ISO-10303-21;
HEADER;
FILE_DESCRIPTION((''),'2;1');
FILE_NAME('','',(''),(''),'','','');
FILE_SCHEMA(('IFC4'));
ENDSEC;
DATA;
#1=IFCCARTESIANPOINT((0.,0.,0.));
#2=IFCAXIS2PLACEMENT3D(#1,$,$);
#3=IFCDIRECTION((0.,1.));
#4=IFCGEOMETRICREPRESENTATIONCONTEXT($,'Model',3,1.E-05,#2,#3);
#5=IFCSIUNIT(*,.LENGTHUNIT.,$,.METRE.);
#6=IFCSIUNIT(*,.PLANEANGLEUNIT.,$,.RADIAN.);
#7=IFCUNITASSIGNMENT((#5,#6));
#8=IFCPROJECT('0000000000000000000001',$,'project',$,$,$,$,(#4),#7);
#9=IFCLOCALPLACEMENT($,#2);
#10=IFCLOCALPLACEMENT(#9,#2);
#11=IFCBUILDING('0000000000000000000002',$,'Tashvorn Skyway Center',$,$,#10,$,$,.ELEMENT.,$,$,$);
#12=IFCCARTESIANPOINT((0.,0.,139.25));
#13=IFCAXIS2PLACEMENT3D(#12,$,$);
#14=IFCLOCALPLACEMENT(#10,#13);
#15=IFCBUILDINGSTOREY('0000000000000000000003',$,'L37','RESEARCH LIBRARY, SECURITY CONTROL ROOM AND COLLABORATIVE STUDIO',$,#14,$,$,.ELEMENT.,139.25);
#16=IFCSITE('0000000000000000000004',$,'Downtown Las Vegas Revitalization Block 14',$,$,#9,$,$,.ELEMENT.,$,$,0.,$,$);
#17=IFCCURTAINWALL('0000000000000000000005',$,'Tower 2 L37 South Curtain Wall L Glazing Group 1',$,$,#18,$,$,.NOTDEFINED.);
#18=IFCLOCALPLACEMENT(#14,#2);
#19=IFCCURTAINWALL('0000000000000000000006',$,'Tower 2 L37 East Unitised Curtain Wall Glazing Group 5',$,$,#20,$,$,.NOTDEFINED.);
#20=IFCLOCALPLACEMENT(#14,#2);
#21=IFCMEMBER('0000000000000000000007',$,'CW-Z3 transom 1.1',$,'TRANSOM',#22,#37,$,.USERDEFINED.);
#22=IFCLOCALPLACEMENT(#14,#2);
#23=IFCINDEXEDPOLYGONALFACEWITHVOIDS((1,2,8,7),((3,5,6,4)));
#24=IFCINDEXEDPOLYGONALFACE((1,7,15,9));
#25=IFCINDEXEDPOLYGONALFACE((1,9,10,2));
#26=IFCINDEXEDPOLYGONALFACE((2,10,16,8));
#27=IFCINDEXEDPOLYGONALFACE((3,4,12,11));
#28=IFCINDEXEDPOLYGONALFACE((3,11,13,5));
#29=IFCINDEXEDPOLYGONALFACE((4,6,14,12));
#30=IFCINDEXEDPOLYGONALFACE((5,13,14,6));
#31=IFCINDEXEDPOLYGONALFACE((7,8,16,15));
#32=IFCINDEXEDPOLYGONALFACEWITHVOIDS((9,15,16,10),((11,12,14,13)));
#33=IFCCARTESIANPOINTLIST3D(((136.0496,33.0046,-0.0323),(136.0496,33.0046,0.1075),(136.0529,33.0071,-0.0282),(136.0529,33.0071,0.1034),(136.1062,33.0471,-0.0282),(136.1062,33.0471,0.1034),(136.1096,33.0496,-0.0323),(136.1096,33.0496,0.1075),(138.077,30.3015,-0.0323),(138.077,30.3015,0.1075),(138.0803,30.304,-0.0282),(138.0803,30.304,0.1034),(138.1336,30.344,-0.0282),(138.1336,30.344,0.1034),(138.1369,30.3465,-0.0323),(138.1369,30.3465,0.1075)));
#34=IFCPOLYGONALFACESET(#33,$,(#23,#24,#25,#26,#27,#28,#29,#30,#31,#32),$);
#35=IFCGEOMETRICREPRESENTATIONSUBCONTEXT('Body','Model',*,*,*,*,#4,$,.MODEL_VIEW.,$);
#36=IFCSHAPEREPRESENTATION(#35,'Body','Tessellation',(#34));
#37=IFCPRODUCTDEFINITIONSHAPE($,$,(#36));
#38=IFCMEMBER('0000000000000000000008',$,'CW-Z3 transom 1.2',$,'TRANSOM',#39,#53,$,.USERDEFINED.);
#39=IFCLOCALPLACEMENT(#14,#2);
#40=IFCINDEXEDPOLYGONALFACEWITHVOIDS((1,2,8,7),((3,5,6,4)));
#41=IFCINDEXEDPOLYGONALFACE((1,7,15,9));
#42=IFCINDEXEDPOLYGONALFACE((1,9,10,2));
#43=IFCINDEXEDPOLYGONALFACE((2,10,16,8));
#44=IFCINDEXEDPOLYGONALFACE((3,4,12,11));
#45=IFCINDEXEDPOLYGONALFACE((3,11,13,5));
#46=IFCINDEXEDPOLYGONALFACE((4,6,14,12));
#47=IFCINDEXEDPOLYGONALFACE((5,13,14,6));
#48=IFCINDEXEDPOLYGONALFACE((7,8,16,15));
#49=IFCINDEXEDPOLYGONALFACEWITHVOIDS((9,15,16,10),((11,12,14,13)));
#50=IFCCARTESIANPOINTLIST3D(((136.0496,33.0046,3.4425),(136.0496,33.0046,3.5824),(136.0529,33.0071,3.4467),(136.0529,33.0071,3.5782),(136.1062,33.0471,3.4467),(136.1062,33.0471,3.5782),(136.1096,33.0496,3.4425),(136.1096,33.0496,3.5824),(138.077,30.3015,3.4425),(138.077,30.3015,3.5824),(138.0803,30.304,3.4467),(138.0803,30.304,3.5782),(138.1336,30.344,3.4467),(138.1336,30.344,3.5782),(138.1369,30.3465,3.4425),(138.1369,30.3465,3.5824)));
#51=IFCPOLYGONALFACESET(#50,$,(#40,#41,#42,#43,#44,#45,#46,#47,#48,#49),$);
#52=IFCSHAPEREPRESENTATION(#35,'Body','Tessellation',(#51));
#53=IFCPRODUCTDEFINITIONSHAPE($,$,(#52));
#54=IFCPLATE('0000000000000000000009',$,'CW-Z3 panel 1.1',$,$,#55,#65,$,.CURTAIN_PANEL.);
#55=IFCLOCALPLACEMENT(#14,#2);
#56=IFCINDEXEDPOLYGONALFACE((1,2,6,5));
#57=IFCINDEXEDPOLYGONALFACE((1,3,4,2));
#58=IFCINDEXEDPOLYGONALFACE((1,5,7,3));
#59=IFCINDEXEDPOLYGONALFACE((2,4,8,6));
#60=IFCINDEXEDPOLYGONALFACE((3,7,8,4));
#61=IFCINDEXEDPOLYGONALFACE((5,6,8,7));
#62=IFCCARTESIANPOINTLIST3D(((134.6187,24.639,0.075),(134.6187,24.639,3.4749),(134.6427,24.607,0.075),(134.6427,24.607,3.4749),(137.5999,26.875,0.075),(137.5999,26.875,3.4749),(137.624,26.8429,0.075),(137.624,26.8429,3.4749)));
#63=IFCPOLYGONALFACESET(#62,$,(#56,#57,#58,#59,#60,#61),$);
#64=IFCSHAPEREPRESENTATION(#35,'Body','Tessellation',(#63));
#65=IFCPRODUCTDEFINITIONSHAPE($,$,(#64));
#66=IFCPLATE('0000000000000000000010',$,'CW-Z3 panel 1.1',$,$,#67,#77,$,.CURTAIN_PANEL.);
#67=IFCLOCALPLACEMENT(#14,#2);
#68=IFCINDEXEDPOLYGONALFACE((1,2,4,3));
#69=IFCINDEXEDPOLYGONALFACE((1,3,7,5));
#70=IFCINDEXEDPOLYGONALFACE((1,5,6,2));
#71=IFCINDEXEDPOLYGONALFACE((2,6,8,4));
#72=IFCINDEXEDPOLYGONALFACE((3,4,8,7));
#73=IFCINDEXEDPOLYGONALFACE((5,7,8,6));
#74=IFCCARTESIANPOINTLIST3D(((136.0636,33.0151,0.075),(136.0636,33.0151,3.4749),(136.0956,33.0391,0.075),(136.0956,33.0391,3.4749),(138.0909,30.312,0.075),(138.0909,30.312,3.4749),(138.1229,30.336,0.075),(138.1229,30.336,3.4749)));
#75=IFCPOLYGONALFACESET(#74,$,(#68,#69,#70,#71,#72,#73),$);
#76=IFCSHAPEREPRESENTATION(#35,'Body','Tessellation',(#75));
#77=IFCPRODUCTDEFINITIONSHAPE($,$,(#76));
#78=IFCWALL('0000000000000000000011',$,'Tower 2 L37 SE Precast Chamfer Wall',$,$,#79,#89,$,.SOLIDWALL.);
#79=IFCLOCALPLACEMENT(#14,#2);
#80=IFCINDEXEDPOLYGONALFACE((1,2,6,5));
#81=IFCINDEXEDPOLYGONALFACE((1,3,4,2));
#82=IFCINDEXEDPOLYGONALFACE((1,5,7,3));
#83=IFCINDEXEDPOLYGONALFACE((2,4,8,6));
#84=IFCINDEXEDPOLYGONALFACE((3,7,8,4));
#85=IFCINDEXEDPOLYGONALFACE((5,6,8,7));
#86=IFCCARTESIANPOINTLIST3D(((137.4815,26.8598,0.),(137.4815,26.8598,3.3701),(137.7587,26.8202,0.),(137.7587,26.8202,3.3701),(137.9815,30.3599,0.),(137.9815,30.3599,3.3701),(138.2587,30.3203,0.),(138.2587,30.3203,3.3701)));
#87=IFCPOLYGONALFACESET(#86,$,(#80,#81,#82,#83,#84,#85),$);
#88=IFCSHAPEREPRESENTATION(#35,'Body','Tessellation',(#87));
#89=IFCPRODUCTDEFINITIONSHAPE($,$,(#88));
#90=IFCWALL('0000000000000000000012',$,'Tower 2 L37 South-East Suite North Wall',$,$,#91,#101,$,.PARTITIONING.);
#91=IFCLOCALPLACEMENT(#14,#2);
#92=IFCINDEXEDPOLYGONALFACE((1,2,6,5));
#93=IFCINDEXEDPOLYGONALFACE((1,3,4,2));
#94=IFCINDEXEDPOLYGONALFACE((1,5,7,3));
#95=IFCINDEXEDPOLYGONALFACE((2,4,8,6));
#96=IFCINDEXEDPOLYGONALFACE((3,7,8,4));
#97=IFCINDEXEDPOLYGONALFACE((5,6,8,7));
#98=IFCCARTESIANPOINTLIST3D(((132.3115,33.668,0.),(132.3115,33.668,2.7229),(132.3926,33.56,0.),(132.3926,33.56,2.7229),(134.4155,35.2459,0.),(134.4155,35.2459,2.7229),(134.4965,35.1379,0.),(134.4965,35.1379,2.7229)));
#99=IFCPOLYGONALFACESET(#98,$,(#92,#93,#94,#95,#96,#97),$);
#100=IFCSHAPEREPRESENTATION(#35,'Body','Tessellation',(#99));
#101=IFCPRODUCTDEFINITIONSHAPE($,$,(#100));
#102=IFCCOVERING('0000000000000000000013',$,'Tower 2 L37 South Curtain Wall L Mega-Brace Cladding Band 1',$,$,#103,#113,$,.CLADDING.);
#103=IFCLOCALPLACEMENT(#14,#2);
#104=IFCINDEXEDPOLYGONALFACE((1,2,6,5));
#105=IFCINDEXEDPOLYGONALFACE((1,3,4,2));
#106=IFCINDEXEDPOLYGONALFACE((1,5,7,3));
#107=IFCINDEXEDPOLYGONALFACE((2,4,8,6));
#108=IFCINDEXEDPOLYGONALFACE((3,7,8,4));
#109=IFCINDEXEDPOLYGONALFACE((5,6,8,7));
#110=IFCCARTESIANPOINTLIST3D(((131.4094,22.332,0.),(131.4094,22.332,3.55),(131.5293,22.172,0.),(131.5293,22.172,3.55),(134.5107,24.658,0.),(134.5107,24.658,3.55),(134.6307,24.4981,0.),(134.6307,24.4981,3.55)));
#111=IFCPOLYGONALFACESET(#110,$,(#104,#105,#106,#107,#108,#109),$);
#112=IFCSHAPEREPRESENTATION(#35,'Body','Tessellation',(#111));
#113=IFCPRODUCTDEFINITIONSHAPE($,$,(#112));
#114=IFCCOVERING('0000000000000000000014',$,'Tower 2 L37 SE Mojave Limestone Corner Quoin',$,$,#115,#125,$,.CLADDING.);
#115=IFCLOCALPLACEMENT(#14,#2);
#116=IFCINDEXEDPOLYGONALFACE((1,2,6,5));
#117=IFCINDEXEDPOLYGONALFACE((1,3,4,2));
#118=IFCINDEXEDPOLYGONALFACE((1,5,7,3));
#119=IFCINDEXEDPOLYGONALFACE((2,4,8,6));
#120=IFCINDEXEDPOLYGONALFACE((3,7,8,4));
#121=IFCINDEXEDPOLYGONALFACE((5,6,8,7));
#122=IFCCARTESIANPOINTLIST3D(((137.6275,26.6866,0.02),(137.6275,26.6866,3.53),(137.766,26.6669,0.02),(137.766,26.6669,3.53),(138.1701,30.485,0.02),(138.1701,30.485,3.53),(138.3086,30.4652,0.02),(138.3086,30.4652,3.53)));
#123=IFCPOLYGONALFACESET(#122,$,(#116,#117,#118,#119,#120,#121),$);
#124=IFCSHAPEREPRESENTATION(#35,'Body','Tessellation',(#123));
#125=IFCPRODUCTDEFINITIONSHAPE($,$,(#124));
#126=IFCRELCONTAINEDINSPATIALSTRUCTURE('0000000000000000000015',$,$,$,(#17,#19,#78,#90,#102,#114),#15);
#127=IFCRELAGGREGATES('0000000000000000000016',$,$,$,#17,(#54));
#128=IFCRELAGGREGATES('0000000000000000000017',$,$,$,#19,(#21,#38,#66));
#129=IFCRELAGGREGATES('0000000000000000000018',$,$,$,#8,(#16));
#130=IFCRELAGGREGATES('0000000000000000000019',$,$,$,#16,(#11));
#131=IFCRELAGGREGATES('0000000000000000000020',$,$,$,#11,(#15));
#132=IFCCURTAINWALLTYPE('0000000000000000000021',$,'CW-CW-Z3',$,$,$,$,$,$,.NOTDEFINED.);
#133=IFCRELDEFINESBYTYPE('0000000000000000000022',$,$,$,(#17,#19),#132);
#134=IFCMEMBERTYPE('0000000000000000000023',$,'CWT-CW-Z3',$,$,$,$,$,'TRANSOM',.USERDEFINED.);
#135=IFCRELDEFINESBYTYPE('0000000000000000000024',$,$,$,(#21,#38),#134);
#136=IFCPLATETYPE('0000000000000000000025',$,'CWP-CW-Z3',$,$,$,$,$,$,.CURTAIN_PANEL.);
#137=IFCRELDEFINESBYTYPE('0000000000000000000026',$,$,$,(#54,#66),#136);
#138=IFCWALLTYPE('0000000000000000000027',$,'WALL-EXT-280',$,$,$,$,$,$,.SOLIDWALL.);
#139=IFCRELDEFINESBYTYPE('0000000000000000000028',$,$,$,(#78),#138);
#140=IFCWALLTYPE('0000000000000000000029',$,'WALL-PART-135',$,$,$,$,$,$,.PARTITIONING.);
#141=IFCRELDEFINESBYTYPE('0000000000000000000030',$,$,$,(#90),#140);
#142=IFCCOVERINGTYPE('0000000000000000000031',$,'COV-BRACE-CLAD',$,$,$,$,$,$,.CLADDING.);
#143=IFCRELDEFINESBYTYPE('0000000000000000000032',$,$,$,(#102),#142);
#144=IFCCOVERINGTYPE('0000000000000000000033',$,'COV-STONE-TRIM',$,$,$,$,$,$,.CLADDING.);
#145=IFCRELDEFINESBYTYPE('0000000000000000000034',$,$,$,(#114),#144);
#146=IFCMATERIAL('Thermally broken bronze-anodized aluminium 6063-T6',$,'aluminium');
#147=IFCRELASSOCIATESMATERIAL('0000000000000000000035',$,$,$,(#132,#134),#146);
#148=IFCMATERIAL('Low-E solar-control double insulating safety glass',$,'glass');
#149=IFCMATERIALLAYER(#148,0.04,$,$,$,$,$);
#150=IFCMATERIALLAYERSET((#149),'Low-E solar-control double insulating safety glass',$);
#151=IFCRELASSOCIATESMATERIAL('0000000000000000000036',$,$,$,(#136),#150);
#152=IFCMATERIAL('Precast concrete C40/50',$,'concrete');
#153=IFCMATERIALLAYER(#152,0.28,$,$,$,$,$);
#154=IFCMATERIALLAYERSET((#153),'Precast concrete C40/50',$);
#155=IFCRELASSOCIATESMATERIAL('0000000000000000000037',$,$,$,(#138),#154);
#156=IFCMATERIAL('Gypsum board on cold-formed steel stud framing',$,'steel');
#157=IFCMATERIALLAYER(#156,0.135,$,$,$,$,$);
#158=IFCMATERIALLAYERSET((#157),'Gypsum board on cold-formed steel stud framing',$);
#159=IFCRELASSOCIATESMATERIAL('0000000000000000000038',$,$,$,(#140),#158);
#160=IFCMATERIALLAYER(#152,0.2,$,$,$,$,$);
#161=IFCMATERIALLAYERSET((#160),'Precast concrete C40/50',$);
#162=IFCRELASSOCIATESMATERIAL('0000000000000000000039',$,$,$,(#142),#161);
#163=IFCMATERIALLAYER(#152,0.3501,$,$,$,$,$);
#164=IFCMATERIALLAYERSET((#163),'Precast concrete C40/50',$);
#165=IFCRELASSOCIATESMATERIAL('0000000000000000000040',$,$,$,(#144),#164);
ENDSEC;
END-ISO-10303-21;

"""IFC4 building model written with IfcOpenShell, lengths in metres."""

from ifc_helpers import new_model, si_unit, direction, frame, frame_2d, origin, origin_2d, place, context, subcontext, project, spatial, rectangle, hollow_rectangle, extrude, material, layer, layer_set, material_profile, profile_set, type_object, element, aggregate, save


model = new_model("IFC4")

# Units and contexts
model_context = context("Model", 3, precision=1e-05, world=origin(), true_north=direction((0.0, 1.0)))
body_context = subcontext(model_context, "Body", "Model", "MODEL_VIEW")
ifc_project = project(units=[si_unit("LENGTHUNIT", "METRE"), si_unit("PLANEANGLEUNIT", "RADIAN")], contexts=[model_context])

# Site, building, storey
site_placement = place(None, origin())
site = spatial("IfcSite", under=ifc_project, at=site_placement, Name="Downtown Las Vegas Revitalization Block 14", CompositionType="ELEMENT", RefElevation=0.0)
building_placement = place(site_placement, origin())
building = spatial("IfcBuilding", under=site, at=building_placement, Name="Tashvorn Skyway Center", CompositionType="ELEMENT")
storey_placement = place(building_placement, frame((0.0, 0.0, 139.25)))
storey = spatial("IfcBuildingStorey", under=building, at=storey_placement, Name="L37", Description="RESEARCH LIBRARY, SECURITY CONTROL ROOM AND COLLABORATIVE STUDIO", CompositionType="ELEMENT", Elevation=139.25)

# Curtain walls
ifc_material_1 = material(Name="Thermally broken bronze-anodized aluminium 6063-T6", Category="aluminium")
curtain_wall_type = type_object("IfcCurtainWallType", Name="CW-CW-Z3", PredefinedType="NOTDEFINED", material=ifc_material_1)
curtain_wall_1_placement = place(storey_placement, origin())
curtain_wall_1 = element("IfcCurtainWall", 1, at=curtain_wall_1_placement, inside=storey, type_object=curtain_wall_type, Name="Tower 2 L37 South Curtain Wall L Glazing Group 1", PredefinedType="NOTDEFINED")
curtain_wall_2_placement = place(storey_placement, origin())
curtain_wall_2 = element("IfcCurtainWall", 2, at=curtain_wall_2_placement, inside=storey, type_object=curtain_wall_type, Name="Tower 2 L37 East Unitised Curtain Wall Glazing Group 5", PredefinedType="NOTDEFINED")

# Members
ifc_material_profile_1 = material_profile(ifc_material_1, hollow_rectangle(XDim=0.075, YDim=0.1399, WallThickness=0.0042, at=origin_2d()), Name="ALU-TRAN-75x140")
ifc_profile_set_1 = profile_set([ifc_material_profile_1], Name="Thermally broken bronze-anodized aluminium 6063-T6")
member_type_1 = type_object("IfcMemberType", Name="CWT-CW-Z3", ElementType="TRANSOM", PredefinedType="USERDEFINED", material=ifc_profile_set_1)
member_1_placement = place(storey_placement, frame((136.0796, 33.0271, 0.0376), z_axis=(0.6, -0.8, 0.0), x_axis=(0.8, 0.6, 0.0)))
member_1 = element("IfcMember", 3, at=member_1_placement, type_object=member_type_1, Name="CW-Z3 transom 1.1", ObjectType="TRANSOM", PredefinedType="USERDEFINED", context=body_context, shape_type="SweptSolid", body=[
    extrude(hollow_rectangle(XDim=0.075, YDim=0.1399, WallThickness=0.0042, at=origin_2d()), origin(), (0.0, 0.0, 1.0), 3.3789),
])
member_2_placement = place(storey_placement, frame((136.0796, 33.0271, 3.5125), z_axis=(0.6, -0.8, 0.0), x_axis=(0.8, 0.6, 0.0)))
member_2 = element("IfcMember", 4, at=member_2_placement, type_object=member_type_1, Name="CW-Z3 transom 1.2", ObjectType="TRANSOM", PredefinedType="USERDEFINED", context=body_context, shape_type="SweptSolid", body=[
    extrude(hollow_rectangle(XDim=0.075, YDim=0.1399, WallThickness=0.0042, at=origin_2d()), origin(), (0.0, 0.0, 1.0), 3.3789),
])

# Plates
ifc_material_2 = material(Name="Low-E solar-control double insulating safety glass", Category="glass")
ifc_layer_1 = layer(ifc_material_2, 0.04)
ifc_layer_set_1 = layer_set([ifc_layer_1], Name="Low-E solar-control double insulating safety glass")
plate_type = type_object("IfcPlateType", Name="CWP-CW-Z3", PredefinedType="CURTAIN_PANEL", material=ifc_layer_set_1)
plate_1_placement = place(storey_placement, frame((136.1213, 25.741, 0.075), z_axis=(0.0, 0.0, 1.0), x_axis=(-0.799997, -0.600004, 0.0)))
plate_1 = element("IfcPlate", 5, at=plate_1_placement, type_object=plate_type, Name="CW-Z3 panel 1.1", PredefinedType="CURTAIN_PANEL", context=body_context, shape_type="SweptSolid", body=[
    extrude(rectangle(XDim=3.7266, YDim=0.04, at=origin_2d()), origin(), (0.0, 0.0, 1.0), 3.3999),
])
aggregate(curtain_wall_1, [plate_1])
plate_2_placement = place(storey_placement, frame((137.0933, 31.6755, 0.075), z_axis=(0.0, 0.0, 1.0), x_axis=(0.599995, -0.800003, 0.0)))
plate_2 = element("IfcPlate", 6, at=plate_2_placement, type_object=plate_type, Name="CW-Z3 panel 1.1", PredefinedType="CURTAIN_PANEL", context=body_context, shape_type="SweptSolid", body=[
    extrude(rectangle(XDim=3.3789, YDim=0.04, at=origin_2d()), origin(), (0.0, 0.0, 1.0), 3.3999),
])
aggregate(curtain_wall_2, [member_1, member_2, plate_2])

# Walls
ifc_material_3 = material(Name="Precast concrete C40/50", Category="concrete")
ifc_layer_2 = layer(ifc_material_3, 0.28)
ifc_layer_set_2 = layer_set([ifc_layer_2], Name="Precast concrete C40/50")
wall_type_1 = type_object("IfcWallType", Name="WALL-EXT-280", PredefinedType="SOLIDWALL", material=ifc_layer_set_2)
wall_1_placement = place(storey_placement, frame((138.1201, 30.3401, 0.0), z_axis=(0.0, 0.0, 1.0), x_axis=(-0.141421, -0.989949, 0.0)))
element("IfcWall", 7, at=wall_1_placement, inside=storey, type_object=wall_type_1, Name="Tower 2 L37 SE Precast Chamfer Wall", PredefinedType="SOLIDWALL", context=body_context, shape_type="SweptSolid", body=[
    extrude(rectangle(XDim=3.5356, YDim=0.28, at=frame_2d((1.7678, 0.0))), origin(), (0.0, 0.0, 1.0), 3.3701),
])
ifc_material_4 = material(Name="Gypsum board on cold-formed steel stud framing", Category="steel")
ifc_layer_3 = layer(ifc_material_4, 0.135)
ifc_layer_set_3 = layer_set([ifc_layer_3], Name="Gypsum board on cold-formed steel stud framing")
wall_type_2 = type_object("IfcWallType", Name="WALL-PART-135", PredefinedType="PARTITIONING", material=ifc_layer_set_3)
wall_2_placement = place(storey_placement, frame((132.3521, 33.614, 0.0), z_axis=(0.0, 0.0, 1.0), x_axis=(0.800022, 0.59997, 0.0)))
element("IfcWall", 8, at=wall_2_placement, inside=storey, type_object=wall_type_2, Name="Tower 2 L37 South-East Suite North Wall", PredefinedType="PARTITIONING", context=body_context, shape_type="SweptSolid", body=[
    extrude(rectangle(XDim=2.6299, YDim=0.135, at=frame_2d((1.3149, 0.0))), origin(), (0.0, 0.0, 1.0), 2.7229),
])

# Coverings
ifc_layer_4 = layer(ifc_material_3, 0.2)
ifc_layer_set_4 = layer_set([ifc_layer_4], Name="Precast concrete C40/50")
covering_type_1 = type_object("IfcCoveringType", Name="COV-BRACE-CLAD", PredefinedType="CLADDING", material=ifc_layer_set_4)
covering_1_placement = place(storey_placement, frame((133.02, 23.415, 0.0), z_axis=(0.0, 0.0, 1.0), x_axis=(-0.8, -0.6, 0.0)))
element("IfcCovering", 9, at=covering_1_placement, inside=storey, type_object=covering_type_1, Name="Tower 2 L37 South Curtain Wall L Mega-Brace Cladding Band 1", PredefinedType="CLADDING", context=body_context, shape_type="SweptSolid", body=[
    extrude(rectangle(XDim=3.8767, YDim=0.2, at=origin_2d()), origin(), (0.0, 0.0, 1.0), 3.55),
])
ifc_layer_5 = layer(ifc_material_3, 0.3501)
ifc_layer_set_5 = layer_set([ifc_layer_5], Name="Precast concrete C40/50")
covering_type_2 = type_object("IfcCoveringType", Name="COV-STONE-TRIM", PredefinedType="CLADDING", material=ifc_layer_set_5)
covering_2_placement = place(storey_placement, frame((137.968, 28.5759, 0.02), z_axis=(0.0, 0.0, 1.0), x_axis=(0.141421, 0.989949, 0.0)))
element("IfcCovering", 10, at=covering_2_placement, inside=storey, type_object=covering_type_2, Name="Tower 2 L37 SE Mojave Limestone Corner Quoin", PredefinedType="CLADDING", context=body_context, shape_type="SweptSolid", body=[
    extrude(rectangle(XDim=3.8369, YDim=0.1399, at=origin_2d()), origin(), (0.0, 0.0, 1.0), 3.51),
])

save(model, "model.ifc")
